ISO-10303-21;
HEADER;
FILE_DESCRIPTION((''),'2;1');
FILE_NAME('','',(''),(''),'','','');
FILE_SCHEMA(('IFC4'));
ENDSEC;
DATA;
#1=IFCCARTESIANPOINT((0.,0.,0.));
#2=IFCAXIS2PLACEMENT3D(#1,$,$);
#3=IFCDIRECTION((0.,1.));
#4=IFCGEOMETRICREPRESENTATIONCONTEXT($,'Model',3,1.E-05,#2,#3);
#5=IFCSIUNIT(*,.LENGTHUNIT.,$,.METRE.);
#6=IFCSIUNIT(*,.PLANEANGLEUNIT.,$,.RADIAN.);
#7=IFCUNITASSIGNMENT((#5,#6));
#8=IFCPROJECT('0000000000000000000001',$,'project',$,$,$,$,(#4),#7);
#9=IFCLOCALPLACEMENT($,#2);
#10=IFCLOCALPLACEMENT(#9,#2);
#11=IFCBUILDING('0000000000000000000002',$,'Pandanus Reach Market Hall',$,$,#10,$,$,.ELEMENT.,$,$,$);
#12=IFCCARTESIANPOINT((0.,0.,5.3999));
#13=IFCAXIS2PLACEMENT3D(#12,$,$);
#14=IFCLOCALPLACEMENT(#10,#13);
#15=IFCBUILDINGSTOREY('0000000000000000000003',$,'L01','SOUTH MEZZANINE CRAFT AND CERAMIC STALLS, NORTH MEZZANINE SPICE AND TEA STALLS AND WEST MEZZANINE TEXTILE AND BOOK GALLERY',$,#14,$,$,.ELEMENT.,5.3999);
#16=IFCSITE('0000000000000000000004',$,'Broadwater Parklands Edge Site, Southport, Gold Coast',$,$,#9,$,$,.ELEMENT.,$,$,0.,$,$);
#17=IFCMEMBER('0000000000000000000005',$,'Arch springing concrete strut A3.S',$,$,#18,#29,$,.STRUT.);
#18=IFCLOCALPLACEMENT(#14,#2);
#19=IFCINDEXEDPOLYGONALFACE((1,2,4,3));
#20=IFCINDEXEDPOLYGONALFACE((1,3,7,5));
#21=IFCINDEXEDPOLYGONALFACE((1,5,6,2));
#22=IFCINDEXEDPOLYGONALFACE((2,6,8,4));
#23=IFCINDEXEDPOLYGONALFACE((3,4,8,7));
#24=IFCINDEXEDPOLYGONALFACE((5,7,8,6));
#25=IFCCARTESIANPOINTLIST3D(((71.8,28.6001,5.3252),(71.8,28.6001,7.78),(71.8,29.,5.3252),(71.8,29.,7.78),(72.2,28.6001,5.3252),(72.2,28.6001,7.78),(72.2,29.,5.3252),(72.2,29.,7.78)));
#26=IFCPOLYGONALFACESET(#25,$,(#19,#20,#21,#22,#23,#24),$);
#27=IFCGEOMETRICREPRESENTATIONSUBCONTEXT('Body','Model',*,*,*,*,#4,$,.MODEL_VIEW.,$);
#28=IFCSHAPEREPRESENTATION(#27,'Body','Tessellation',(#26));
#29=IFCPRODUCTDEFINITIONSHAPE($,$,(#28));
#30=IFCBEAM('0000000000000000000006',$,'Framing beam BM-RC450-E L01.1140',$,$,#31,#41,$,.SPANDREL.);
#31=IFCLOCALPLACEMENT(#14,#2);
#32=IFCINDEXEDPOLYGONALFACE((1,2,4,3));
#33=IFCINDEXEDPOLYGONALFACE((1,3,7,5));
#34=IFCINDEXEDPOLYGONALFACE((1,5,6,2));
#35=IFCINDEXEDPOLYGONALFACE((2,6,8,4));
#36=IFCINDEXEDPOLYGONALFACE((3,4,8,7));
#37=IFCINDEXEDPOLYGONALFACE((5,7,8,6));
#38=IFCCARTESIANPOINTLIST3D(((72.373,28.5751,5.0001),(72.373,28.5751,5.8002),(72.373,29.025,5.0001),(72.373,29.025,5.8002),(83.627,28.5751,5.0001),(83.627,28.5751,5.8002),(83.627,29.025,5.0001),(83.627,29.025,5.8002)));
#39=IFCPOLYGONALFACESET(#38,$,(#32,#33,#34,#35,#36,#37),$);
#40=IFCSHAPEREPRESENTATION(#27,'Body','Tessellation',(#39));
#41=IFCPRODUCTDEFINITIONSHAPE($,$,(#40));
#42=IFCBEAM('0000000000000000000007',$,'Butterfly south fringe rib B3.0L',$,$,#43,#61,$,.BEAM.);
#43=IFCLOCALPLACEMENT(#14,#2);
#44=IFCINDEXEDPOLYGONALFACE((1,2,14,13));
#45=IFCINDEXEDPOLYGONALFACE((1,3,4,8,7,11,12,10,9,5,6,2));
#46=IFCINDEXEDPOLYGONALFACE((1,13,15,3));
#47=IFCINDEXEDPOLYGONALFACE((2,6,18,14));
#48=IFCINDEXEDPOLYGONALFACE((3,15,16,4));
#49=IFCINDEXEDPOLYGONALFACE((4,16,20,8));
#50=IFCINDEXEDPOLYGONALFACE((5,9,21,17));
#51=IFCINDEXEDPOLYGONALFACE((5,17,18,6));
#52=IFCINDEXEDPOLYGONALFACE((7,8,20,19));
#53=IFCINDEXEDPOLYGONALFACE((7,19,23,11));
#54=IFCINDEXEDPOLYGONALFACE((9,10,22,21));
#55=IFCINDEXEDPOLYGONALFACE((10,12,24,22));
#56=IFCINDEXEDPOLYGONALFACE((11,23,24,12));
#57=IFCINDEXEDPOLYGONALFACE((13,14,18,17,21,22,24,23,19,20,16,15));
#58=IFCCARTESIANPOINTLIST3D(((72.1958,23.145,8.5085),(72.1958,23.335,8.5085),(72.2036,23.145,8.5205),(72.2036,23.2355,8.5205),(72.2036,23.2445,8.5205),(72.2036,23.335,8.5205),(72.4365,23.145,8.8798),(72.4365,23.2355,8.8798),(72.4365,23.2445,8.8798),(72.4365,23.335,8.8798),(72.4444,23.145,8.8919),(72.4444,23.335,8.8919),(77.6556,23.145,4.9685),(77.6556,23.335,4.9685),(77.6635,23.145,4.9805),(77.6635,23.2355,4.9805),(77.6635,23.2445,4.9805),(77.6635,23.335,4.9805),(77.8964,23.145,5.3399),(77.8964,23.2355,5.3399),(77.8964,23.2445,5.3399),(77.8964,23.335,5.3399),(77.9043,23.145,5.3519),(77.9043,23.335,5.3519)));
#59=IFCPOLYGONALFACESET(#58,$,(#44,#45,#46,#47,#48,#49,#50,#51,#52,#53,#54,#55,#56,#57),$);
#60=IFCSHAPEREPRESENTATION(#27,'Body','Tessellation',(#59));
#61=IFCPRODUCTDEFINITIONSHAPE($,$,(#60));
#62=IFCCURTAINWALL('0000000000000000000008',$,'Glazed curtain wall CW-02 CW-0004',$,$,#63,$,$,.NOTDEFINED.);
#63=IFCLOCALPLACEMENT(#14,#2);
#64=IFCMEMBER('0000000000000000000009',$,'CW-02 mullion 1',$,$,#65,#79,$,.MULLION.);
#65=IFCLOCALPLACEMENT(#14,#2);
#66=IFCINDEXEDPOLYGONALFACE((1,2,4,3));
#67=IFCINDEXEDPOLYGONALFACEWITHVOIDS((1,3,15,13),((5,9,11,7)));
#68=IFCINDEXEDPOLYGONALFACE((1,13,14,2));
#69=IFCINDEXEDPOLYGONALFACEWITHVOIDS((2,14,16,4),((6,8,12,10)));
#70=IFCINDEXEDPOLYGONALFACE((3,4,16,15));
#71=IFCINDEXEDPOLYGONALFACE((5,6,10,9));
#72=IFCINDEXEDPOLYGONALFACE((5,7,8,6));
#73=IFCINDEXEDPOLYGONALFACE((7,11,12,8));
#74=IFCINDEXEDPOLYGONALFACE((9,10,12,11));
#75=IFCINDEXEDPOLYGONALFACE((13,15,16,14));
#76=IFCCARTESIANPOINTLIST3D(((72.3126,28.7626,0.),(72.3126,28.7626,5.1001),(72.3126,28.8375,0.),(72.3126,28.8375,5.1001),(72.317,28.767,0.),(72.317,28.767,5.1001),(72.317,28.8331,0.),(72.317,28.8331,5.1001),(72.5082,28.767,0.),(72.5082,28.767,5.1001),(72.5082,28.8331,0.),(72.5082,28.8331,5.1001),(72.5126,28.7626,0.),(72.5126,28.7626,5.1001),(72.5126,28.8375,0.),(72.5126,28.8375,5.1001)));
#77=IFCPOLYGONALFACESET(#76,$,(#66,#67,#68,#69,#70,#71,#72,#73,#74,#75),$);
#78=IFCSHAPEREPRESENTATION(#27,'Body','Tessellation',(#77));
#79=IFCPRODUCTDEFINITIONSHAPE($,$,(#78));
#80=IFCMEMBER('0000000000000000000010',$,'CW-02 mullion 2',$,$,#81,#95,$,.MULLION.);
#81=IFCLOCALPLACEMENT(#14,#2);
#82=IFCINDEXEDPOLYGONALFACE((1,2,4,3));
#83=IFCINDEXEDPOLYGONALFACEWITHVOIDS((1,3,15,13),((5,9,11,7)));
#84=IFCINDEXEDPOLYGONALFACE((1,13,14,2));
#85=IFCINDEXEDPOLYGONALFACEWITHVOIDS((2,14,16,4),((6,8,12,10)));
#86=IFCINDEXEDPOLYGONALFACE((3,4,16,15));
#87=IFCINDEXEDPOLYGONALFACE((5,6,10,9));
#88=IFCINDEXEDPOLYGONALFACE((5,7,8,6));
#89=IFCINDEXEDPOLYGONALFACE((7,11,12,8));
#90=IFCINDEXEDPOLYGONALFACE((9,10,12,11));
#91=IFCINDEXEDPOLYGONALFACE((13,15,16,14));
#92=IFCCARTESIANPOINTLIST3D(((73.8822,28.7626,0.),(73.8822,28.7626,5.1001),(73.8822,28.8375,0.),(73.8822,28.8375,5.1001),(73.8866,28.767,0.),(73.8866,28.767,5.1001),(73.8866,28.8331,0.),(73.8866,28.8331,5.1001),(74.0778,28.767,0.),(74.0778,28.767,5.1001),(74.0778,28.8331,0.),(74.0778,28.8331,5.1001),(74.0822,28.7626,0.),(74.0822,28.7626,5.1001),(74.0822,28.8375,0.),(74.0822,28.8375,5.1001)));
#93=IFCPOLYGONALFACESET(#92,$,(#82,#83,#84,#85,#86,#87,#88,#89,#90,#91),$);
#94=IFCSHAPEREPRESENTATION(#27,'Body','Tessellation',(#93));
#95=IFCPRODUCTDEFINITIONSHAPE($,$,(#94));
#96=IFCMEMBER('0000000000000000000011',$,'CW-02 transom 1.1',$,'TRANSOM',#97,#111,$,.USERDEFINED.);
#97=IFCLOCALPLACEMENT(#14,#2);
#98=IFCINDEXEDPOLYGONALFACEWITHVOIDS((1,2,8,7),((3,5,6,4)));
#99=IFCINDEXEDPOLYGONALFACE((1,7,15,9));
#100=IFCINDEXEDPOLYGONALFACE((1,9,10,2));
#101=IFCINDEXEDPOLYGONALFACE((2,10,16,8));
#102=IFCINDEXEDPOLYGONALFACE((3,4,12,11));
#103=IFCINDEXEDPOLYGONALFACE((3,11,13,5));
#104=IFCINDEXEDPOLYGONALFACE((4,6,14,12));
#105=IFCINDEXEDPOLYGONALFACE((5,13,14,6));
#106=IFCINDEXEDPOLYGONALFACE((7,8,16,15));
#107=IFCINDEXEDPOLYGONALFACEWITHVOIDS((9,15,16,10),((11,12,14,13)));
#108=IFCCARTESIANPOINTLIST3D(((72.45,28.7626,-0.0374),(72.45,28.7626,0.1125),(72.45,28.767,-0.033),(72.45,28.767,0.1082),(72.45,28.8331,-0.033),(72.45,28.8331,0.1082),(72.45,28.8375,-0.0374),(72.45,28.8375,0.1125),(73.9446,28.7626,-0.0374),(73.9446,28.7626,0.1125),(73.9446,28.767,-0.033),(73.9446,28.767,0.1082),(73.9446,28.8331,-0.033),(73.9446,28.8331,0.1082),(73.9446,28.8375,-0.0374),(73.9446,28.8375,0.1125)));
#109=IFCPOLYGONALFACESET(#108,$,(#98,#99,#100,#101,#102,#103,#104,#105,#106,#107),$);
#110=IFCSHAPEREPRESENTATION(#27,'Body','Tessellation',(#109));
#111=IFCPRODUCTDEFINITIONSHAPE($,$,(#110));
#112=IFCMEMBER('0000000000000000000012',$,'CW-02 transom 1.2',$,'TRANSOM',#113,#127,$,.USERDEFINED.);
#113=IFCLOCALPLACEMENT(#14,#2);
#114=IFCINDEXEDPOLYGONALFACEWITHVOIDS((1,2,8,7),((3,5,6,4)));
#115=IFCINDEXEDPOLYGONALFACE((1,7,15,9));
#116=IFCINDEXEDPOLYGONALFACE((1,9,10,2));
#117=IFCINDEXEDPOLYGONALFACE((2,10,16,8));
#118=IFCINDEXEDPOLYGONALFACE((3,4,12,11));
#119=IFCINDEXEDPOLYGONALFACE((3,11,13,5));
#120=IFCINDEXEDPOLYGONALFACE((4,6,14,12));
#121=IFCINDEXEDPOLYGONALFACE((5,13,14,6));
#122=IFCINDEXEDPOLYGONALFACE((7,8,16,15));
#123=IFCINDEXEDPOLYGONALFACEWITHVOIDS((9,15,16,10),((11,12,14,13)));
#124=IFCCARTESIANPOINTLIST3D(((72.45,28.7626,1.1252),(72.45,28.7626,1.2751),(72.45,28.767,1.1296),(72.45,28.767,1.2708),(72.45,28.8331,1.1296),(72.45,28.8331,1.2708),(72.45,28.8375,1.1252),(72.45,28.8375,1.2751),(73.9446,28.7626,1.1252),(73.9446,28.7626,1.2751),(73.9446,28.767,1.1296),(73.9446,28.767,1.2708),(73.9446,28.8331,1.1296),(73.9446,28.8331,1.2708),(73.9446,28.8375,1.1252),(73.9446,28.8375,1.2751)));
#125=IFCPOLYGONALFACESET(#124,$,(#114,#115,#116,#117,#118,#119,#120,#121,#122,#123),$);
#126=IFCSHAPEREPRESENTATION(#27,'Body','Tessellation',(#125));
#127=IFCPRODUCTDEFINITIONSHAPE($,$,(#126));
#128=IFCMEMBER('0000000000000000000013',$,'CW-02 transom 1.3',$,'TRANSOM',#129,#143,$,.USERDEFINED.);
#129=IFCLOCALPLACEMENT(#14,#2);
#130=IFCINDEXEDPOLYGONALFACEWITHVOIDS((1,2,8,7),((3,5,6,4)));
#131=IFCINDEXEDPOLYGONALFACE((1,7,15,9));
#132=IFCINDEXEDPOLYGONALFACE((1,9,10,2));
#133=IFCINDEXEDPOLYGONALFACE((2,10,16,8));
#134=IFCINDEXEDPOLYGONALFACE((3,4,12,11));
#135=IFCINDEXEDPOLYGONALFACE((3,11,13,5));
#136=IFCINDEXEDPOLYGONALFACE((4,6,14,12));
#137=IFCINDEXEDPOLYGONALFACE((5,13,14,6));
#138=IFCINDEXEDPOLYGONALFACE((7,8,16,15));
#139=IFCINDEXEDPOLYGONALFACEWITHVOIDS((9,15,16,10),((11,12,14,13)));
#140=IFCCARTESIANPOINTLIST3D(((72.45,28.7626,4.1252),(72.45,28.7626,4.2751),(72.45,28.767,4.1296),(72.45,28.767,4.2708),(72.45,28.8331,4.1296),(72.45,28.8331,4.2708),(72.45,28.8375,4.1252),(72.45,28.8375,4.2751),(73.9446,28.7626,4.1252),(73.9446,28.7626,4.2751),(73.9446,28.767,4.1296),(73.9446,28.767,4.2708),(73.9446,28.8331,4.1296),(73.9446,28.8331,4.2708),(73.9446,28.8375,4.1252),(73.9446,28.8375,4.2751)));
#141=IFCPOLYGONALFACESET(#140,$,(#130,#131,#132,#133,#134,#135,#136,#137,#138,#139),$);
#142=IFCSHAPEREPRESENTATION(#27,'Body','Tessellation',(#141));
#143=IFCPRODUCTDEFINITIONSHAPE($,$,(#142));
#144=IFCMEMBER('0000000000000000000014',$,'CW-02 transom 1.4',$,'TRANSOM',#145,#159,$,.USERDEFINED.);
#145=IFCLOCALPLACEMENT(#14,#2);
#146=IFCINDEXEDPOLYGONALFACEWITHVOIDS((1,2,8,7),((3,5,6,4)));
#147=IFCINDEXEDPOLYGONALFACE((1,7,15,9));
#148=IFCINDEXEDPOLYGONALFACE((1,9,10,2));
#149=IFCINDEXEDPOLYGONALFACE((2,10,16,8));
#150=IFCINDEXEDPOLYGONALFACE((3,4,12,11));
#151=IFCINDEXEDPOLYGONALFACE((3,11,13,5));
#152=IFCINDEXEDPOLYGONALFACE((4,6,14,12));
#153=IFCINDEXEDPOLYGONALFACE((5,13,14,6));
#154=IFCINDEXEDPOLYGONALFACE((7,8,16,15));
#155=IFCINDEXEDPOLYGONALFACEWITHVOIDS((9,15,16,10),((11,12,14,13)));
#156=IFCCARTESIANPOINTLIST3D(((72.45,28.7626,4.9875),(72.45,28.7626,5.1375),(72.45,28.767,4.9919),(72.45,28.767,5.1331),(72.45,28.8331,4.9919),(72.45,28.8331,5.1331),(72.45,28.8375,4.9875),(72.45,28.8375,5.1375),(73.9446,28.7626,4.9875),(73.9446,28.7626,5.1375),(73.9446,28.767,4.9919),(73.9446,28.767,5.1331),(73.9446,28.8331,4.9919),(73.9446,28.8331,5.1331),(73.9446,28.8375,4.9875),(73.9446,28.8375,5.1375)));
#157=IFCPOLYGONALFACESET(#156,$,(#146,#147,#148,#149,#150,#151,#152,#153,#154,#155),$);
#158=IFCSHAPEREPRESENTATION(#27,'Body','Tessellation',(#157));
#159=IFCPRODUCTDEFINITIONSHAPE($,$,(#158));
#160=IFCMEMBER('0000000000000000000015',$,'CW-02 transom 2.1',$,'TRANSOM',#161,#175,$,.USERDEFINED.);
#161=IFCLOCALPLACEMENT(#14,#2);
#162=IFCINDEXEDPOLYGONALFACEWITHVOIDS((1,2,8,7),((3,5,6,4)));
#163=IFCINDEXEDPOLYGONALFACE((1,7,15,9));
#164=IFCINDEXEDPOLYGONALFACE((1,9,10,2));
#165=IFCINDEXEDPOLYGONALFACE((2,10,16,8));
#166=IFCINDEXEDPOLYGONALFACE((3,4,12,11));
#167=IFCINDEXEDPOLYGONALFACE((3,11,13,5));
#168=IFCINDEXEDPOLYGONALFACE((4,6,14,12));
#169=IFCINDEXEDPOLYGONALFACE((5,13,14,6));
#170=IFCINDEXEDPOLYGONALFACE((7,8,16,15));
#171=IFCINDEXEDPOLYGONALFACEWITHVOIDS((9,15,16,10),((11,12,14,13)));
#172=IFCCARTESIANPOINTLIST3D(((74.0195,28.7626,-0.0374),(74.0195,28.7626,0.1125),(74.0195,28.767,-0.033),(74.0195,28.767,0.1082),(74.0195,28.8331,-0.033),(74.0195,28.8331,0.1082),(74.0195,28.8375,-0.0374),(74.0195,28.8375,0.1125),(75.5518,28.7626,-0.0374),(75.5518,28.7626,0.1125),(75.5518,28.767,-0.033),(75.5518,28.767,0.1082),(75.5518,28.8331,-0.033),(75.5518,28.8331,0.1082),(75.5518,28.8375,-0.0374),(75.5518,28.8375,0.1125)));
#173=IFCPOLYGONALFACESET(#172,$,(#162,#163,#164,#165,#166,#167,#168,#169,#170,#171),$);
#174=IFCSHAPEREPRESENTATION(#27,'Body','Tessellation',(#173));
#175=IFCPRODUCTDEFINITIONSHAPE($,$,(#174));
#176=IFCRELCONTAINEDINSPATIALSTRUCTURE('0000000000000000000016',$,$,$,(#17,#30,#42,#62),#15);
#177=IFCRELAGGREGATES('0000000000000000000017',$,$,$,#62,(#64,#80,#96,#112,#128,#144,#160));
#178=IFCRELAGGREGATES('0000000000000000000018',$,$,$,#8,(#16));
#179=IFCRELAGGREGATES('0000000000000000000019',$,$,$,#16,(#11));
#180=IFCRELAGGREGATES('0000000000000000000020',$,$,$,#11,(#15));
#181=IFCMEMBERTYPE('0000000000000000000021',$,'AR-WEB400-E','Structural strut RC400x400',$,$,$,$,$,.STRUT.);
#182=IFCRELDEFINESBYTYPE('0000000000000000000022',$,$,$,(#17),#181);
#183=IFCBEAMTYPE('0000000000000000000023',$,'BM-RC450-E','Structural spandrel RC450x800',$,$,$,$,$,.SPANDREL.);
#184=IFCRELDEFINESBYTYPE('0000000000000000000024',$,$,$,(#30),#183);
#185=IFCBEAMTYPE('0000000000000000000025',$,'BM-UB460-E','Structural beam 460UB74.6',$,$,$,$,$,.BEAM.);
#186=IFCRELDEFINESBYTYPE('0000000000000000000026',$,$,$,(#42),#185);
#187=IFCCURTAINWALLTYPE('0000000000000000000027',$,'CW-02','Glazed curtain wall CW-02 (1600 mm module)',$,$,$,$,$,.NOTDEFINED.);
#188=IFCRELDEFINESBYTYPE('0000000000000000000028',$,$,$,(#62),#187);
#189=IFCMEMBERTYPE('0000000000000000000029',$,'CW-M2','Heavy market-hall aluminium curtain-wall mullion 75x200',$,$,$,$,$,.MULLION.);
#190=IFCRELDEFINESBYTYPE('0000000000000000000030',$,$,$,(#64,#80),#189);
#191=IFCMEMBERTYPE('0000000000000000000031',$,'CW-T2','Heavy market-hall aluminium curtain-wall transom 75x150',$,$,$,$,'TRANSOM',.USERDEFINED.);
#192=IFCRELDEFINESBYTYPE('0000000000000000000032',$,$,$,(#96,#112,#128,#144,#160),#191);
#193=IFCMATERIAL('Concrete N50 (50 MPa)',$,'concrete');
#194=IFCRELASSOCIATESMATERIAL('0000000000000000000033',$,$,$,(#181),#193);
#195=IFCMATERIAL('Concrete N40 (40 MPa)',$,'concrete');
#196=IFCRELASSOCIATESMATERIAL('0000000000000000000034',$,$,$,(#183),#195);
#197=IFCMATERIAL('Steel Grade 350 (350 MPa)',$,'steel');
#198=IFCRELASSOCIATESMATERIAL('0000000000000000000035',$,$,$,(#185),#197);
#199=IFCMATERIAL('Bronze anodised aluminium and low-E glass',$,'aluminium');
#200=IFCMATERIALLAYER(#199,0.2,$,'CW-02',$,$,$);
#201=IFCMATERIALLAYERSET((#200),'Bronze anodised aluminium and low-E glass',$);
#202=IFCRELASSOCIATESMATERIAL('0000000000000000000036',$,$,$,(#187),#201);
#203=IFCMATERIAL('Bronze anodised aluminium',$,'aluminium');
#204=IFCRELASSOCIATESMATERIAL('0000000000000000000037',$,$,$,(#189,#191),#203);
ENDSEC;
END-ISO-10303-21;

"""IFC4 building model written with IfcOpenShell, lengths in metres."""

from ifc_helpers import new_model, si_unit, direction, frame, origin, origin_2d, place, context, subcontext, project, spatial, rectangle, hollow_rectangle, i_section, extrude, material, layer, layer_set, material_profile, profile_set, type_object, element, aggregate, save


model = new_model("IFC4")

# Units and contexts
model_context = context("Model", 3, precision=1e-05, world=origin(), true_north=direction((0.0, 1.0)))
body_context = subcontext(model_context, "Body", "Model", "MODEL_VIEW")
ifc_project = project(units=[si_unit("LENGTHUNIT", "METRE"), si_unit("PLANEANGLEUNIT", "RADIAN")], contexts=[model_context])

# Site, building, storey
site_placement = place(None, origin())
site = spatial("IfcSite", under=ifc_project, at=site_placement, Name="Broadwater Parklands Edge Site, Southport, Gold Coast", CompositionType="ELEMENT", RefElevation=0.0)
building_placement = place(site_placement, origin())
building = spatial("IfcBuilding", under=site, at=building_placement, Name="Pandanus Reach Market Hall", CompositionType="ELEMENT")
storey_placement = place(building_placement, frame((0.0, 0.0, 5.3999)))
storey = spatial("IfcBuildingStorey", under=building, at=storey_placement, Name="L01", Description="SOUTH MEZZANINE CRAFT AND CERAMIC STALLS, NORTH MEZZANINE SPICE AND TEA STALLS AND WEST MEZZANINE TEXTILE AND BOOK GALLERY", CompositionType="ELEMENT", Elevation=5.3999)

# Member
ifc_material_1 = material(Name="Concrete N50 (50 MPa)", Category="concrete")
ifc_material_profile_1 = material_profile(ifc_material_1, rectangle(XDim=0.3999, YDim=0.3999, at=origin_2d()), Name="RC400x400", Category="LoadBearing")
ifc_profile_set_1 = profile_set([ifc_material_profile_1], Name="Concrete N50 (50 MPa)")
member_type_1 = type_object("IfcMemberType", Name="AR-WEB400-E", Description="Structural strut RC400x400", PredefinedType="STRUT", material=ifc_profile_set_1)
member_1_placement = place(storey_placement, frame((72.0, 28.8, 5.3252), z_axis=(0.0, 0.0, 1.0), x_axis=(1.0, 0.0, 0.0)))
element("IfcMember", 1, at=member_1_placement, inside=storey, type_object=member_type_1, Name="Arch springing concrete strut A3.S", PredefinedType="STRUT", context=body_context, shape_type="SweptSolid", body=[
    extrude(rectangle(XDim=0.3999, YDim=0.3999, at=origin_2d()), origin(), (0.0, 0.0, 1.0), 2.4548),
])

# Beams
ifc_material_2 = material(Name="Concrete N40 (40 MPa)", Category="concrete")
ifc_material_profile_2 = material_profile(ifc_material_2, rectangle(XDim=0.45, YDim=0.8, at=origin_2d()), Name="RC450x800", Category="LoadBearing")
ifc_profile_set_2 = profile_set([ifc_material_profile_2], Name="Concrete N40 (40 MPa)")
beam_type_1 = type_object("IfcBeamType", Name="BM-RC450-E", Description="Structural spandrel RC450x800", PredefinedType="SPANDREL", material=ifc_profile_set_2)
beam_1_placement = place(storey_placement, frame((72.373, 28.8, 5.4001), z_axis=(1.0, 0.0, 0.0), x_axis=(0.0, 1.0, 0.0)))
element("IfcBeam", 2, at=beam_1_placement, inside=storey, type_object=beam_type_1, Name="Framing beam BM-RC450-E L01.1140", PredefinedType="SPANDREL", context=body_context, shape_type="SweptSolid", body=[
    extrude(rectangle(XDim=0.45, YDim=0.8, at=origin_2d()), origin(), (0.0, 0.0, 1.0), 11.2539),
])
ifc_material_3 = material(Name="Steel Grade 350 (350 MPa)", Category="steel")
ifc_material_profile_3 = material_profile(ifc_material_3, i_section(OverallWidth=0.1899, OverallDepth=0.457, WebThickness=0.009, FlangeThickness=0.0144, at=origin_2d()), Name="460UB74.6", Category="LoadBearing")
ifc_profile_set_3 = profile_set([ifc_material_profile_3], Name="Steel Grade 350 (350 MPa)")
beam_type_2 = type_object("IfcBeamType", Name="BM-UB460-E", Description="Structural beam 460UB74.6", PredefinedType="BEAM", material=ifc_profile_set_3)
beam_2_placement = place(storey_placement, frame((72.3201, 23.24, 8.7002), z_axis=(0.839071, 0.0, -0.544023), x_axis=(0.0, 1.0, 0.0)))
element("IfcBeam", 3, at=beam_2_placement, inside=storey, type_object=beam_type_2, Name="Butterfly south fringe rib B3.0L", PredefinedType="BEAM", context=body_context, shape_type="SweptSolid", body=[
    extrude(i_section(OverallWidth=0.1899, OverallDepth=0.457, WebThickness=0.009, FlangeThickness=0.0144, at=origin_2d()), origin(), (0.0, 0.0, 1.0), 6.5071),
])

# Curtain wall, members
ifc_material_4 = material(Name="Bronze anodised aluminium and low-E glass", Category="aluminium")
ifc_layer_1 = layer(ifc_material_4, 0.2, Name="CW-02")
ifc_layer_set_1 = layer_set([ifc_layer_1], Name="Bronze anodised aluminium and low-E glass")
curtain_wall_type = type_object("IfcCurtainWallType", Name="CW-02", Description="Glazed curtain wall CW-02 (1600 mm module)", PredefinedType="NOTDEFINED", material=ifc_layer_set_1)
curtain_wall_placement = place(storey_placement, origin())
curtain_wall = element("IfcCurtainWall", 4, at=curtain_wall_placement, inside=storey, type_object=curtain_wall_type, Name="Glazed curtain wall CW-02 CW-0004", PredefinedType="NOTDEFINED")
ifc_material_5 = material(Name="Bronze anodised aluminium", Category="aluminium")
ifc_material_profile_4 = material_profile(ifc_material_5, hollow_rectangle(XDim=0.075, YDim=0.2, WallThickness=0.0044, at=origin_2d()), Name="ALU75x200", Category="LoadBearing")
ifc_profile_set_4 = profile_set([ifc_material_profile_4], Name="Bronze anodised aluminium")
member_type_2 = type_object("IfcMemberType", Name="CW-M2", Description="Heavy market-hall aluminium curtain-wall mullion 75x200", PredefinedType="MULLION", material=ifc_profile_set_4)
member_2_placement = place(storey_placement, frame((72.4126, 28.8, 0.0), z_axis=(0.0, 0.0, 1.0), x_axis=(0.0, 1.0, 0.0)))
member_2 = element("IfcMember", 5, at=member_2_placement, type_object=member_type_2, Name="CW-02 mullion 1", PredefinedType="MULLION", context=body_context, shape_type="SweptSolid", body=[
    extrude(hollow_rectangle(XDim=0.075, YDim=0.2, WallThickness=0.0044, at=origin_2d()), origin(), (0.0, 0.0, 1.0), 5.1001),
])
member_3_placement = place(storey_placement, frame((73.9822, 28.8, 0.0), z_axis=(0.0, 0.0, 1.0), x_axis=(0.0, 1.0, 0.0)))
member_3 = element("IfcMember", 6, at=member_3_placement, type_object=member_type_2, Name="CW-02 mullion 2", PredefinedType="MULLION", context=body_context, shape_type="SweptSolid", body=[
    extrude(hollow_rectangle(XDim=0.075, YDim=0.2, WallThickness=0.0044, at=origin_2d()), origin(), (0.0, 0.0, 1.0), 5.1001),
])
ifc_material_profile_5 = material_profile(ifc_material_5, hollow_rectangle(XDim=0.075, YDim=0.1499, WallThickness=0.0044, at=origin_2d()), Name="ALU75x150", Category="LoadBearing")
ifc_profile_set_5 = profile_set([ifc_material_profile_5], Name="Bronze anodised aluminium")
member_type_3 = type_object("IfcMemberType", Name="CW-T2", Description="Heavy market-hall aluminium curtain-wall transom 75x150", ElementType="TRANSOM", PredefinedType="USERDEFINED", material=ifc_profile_set_5)
member_4_placement = place(storey_placement, frame((72.45, 28.8, 0.0376), z_axis=(1.0, 0.0, 0.0), x_axis=(0.0, 1.0, 0.0)))
member_4 = element("IfcMember", 7, at=member_4_placement, type_object=member_type_3, Name="CW-02 transom 1.1", ObjectType="TRANSOM", PredefinedType="USERDEFINED", context=body_context, shape_type="SweptSolid", body=[
    extrude(hollow_rectangle(XDim=0.075, YDim=0.1499, WallThickness=0.0044, at=origin_2d()), origin(), (0.0, 0.0, 1.0), 1.4946),
])
member_5_placement = place(storey_placement, frame((72.45, 28.8, 1.2002), z_axis=(1.0, 0.0, 0.0), x_axis=(0.0, 1.0, 0.0)))
member_5 = element("IfcMember", 8, at=member_5_placement, type_object=member_type_3, Name="CW-02 transom 1.2", ObjectType="TRANSOM", PredefinedType="USERDEFINED", context=body_context, shape_type="SweptSolid", body=[
    extrude(hollow_rectangle(XDim=0.075, YDim=0.1499, WallThickness=0.0044, at=origin_2d()), origin(), (0.0, 0.0, 1.0), 1.4946),
])
member_6_placement = place(storey_placement, frame((72.45, 28.8, 4.2002), z_axis=(1.0, 0.0, 0.0), x_axis=(0.0, 1.0, 0.0)))
member_6 = element("IfcMember", 9, at=member_6_placement, type_object=member_type_3, Name="CW-02 transom 1.3", ObjectType="TRANSOM", PredefinedType="USERDEFINED", context=body_context, shape_type="SweptSolid", body=[
    extrude(hollow_rectangle(XDim=0.075, YDim=0.1499, WallThickness=0.0044, at=origin_2d()), origin(), (0.0, 0.0, 1.0), 1.4946),
])
member_7_placement = place(storey_placement, frame((72.45, 28.8, 5.0625), z_axis=(1.0, 0.0, 0.0), x_axis=(0.0, 1.0, 0.0)))
member_7 = element("IfcMember", 10, at=member_7_placement, type_object=member_type_3, Name="CW-02 transom 1.4", ObjectType="TRANSOM", PredefinedType="USERDEFINED", context=body_context, shape_type="SweptSolid", body=[
    extrude(hollow_rectangle(XDim=0.075, YDim=0.1499, WallThickness=0.0044, at=origin_2d()), origin(), (0.0, 0.0, 1.0), 1.4946),
])
member_8_placement = place(storey_placement, frame((74.0195, 28.8, 0.0376), z_axis=(1.0, 0.0, 0.0), x_axis=(0.0, 1.0, 0.0)))
member_8 = element("IfcMember", 11, at=member_8_placement, type_object=member_type_3, Name="CW-02 transom 2.1", ObjectType="TRANSOM", PredefinedType="USERDEFINED", context=body_context, shape_type="SweptSolid", body=[
    extrude(hollow_rectangle(XDim=0.075, YDim=0.1499, WallThickness=0.0044, at=origin_2d()), origin(), (0.0, 0.0, 1.0), 1.5322),
])
aggregate(curtain_wall, [member_2, member_3, member_4, member_5, member_6, member_7, member_8])

save(model, "model.ifc")
